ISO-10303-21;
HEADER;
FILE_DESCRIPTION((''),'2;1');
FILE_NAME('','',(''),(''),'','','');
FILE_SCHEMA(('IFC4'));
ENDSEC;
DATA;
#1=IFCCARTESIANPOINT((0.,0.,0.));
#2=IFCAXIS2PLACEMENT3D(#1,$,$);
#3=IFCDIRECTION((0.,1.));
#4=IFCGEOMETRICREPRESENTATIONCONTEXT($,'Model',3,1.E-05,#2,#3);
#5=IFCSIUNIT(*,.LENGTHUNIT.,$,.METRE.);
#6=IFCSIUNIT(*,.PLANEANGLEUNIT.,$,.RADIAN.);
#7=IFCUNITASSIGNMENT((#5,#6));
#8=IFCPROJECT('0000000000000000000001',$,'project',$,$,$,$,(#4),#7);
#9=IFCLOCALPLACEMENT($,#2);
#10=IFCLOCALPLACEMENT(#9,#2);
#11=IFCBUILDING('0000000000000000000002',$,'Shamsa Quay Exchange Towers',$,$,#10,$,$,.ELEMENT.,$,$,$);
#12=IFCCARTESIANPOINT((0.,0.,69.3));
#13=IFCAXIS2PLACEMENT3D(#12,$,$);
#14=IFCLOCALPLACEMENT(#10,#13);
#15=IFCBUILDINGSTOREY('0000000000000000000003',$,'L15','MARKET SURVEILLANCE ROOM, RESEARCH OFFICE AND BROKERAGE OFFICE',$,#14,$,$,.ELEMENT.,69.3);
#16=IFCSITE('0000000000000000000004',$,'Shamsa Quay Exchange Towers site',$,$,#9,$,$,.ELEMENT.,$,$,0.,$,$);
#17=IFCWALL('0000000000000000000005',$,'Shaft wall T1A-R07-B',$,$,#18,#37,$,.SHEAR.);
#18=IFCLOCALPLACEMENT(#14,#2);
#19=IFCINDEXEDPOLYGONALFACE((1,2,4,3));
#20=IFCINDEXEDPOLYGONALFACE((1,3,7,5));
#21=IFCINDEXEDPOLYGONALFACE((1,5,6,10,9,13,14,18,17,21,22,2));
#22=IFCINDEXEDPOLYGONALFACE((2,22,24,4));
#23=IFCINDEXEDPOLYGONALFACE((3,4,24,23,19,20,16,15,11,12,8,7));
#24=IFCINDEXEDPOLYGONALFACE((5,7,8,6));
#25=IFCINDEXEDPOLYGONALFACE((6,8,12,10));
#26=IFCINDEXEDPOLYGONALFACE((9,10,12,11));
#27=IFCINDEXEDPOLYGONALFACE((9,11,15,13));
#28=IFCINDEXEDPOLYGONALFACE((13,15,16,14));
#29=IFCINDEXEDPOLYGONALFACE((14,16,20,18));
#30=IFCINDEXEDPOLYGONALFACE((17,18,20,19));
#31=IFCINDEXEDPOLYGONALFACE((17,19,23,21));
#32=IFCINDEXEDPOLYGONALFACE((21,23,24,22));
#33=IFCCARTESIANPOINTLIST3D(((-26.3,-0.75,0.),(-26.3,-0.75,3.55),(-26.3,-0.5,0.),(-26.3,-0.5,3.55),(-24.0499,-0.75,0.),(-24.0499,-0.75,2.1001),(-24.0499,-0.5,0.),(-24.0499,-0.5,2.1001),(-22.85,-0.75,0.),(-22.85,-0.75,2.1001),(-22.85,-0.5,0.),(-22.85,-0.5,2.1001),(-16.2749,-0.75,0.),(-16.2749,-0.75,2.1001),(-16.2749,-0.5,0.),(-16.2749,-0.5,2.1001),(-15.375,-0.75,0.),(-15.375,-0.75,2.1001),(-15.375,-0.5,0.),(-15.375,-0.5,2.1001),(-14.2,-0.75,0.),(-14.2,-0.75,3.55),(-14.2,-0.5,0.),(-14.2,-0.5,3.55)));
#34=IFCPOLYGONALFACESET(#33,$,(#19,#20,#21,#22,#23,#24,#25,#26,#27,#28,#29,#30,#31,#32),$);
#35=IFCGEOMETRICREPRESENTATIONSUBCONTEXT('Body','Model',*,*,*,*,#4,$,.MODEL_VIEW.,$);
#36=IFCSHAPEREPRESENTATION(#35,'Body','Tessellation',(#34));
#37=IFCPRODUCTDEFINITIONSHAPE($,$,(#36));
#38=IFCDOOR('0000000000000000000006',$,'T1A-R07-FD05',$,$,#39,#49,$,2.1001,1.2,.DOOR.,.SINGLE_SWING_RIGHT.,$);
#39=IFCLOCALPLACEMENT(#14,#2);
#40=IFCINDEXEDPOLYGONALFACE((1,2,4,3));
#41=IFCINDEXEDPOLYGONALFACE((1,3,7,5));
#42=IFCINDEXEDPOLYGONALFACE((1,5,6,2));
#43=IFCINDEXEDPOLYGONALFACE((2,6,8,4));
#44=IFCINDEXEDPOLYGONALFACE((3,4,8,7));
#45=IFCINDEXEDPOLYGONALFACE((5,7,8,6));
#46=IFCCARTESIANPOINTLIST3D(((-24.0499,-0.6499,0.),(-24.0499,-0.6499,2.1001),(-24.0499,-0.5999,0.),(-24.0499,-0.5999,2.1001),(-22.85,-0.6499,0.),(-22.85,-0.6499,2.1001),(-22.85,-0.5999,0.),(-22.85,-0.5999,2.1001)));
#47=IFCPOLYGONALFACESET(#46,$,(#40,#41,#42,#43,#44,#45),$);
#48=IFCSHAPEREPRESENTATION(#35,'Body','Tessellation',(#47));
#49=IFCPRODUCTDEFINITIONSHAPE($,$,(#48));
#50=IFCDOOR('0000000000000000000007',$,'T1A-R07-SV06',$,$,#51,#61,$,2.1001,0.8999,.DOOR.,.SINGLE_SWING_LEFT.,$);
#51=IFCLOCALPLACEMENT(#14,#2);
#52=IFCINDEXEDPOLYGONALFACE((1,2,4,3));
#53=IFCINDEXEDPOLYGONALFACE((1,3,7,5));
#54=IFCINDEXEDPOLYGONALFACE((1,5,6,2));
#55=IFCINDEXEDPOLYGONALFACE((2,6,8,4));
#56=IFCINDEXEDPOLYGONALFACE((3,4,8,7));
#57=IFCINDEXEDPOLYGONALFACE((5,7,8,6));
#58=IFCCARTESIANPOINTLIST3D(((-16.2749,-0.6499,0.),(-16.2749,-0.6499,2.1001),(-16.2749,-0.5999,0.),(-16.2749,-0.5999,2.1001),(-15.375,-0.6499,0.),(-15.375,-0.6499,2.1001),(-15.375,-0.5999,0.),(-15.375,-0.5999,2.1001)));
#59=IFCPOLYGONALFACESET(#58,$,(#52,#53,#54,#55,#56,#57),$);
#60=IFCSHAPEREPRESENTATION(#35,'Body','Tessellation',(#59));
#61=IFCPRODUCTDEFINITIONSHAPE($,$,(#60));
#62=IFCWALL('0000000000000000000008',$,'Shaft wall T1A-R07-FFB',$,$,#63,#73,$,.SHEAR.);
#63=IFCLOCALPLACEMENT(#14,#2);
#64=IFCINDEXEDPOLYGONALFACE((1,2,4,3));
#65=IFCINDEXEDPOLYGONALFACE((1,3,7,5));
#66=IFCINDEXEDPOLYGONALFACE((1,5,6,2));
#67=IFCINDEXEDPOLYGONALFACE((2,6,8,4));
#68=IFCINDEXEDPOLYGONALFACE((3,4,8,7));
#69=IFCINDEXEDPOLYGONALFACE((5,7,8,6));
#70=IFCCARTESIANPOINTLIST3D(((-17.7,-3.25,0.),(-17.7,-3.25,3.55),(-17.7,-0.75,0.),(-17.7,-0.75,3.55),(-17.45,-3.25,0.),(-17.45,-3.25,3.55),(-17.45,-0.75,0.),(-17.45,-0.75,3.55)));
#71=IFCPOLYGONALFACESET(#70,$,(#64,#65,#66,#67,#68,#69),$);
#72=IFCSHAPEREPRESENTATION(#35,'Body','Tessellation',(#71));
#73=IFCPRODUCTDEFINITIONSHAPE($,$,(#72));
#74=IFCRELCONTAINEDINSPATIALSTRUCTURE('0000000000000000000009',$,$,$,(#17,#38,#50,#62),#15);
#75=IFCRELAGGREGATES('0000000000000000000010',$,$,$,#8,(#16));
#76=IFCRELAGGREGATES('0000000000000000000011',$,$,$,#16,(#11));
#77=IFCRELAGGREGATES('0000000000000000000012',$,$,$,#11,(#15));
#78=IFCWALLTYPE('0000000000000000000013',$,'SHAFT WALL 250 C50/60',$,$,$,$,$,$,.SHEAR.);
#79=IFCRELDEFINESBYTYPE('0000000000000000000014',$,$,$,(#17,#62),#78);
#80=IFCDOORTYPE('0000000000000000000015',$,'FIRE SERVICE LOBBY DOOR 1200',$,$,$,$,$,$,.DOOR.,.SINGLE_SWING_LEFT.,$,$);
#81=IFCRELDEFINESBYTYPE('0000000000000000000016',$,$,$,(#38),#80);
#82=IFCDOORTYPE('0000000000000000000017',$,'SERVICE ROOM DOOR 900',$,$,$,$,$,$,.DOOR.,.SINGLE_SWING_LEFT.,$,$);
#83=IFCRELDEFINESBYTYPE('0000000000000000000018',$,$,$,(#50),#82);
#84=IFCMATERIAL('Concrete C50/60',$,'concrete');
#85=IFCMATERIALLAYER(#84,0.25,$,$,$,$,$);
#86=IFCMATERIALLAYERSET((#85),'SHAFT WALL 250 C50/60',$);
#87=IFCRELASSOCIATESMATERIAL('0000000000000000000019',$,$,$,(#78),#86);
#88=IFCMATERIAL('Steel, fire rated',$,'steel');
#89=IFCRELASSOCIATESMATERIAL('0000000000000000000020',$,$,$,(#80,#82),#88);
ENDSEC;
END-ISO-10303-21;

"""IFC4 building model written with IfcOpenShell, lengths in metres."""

from ifc_helpers import new_model, si_unit, direction, frame, frame_2d, origin, place, context, subcontext, project, spatial, rectangle, extrude, material, layer, layer_set, type_object, element, fill, save


model = new_model("IFC4")

# Units and contexts
model_context = context("Model", 3, precision=1e-05, world=origin(), true_north=direction((0.0, 1.0)))
body_context = subcontext(model_context, "Body", "Model", "MODEL_VIEW")
ifc_project = project(units=[si_unit("LENGTHUNIT", "METRE"), si_unit("PLANEANGLEUNIT", "RADIAN")], contexts=[model_context])

# Site, building, storey
site_placement = place(None, origin())
site = spatial("IfcSite", under=ifc_project, at=site_placement, Name="Shamsa Quay Exchange Towers site", CompositionType="ELEMENT", RefElevation=0.0)
building_placement = place(site_placement, origin())
building = spatial("IfcBuilding", under=site, at=building_placement, Name="Shamsa Quay Exchange Towers", CompositionType="ELEMENT")
storey_placement = place(building_placement, frame((0.0, 0.0, 69.3)))
storey = spatial("IfcBuildingStorey", under=building, at=storey_placement, Name="L15", Description="MARKET SURVEILLANCE ROOM, RESEARCH OFFICE AND BROKERAGE OFFICE", CompositionType="ELEMENT", Elevation=69.3)

# Shared definitions
ifc_material_1 = material(Name="Concrete C50/60", Category="concrete")
ifc_layer_1 = layer(ifc_material_1, 0.25)
ifc_layer_set_1 = layer_set([ifc_layer_1], Name="SHAFT WALL 250 C50/60")
wall_type = type_object("IfcWallType", Name="SHAFT WALL 250 C50/60", PredefinedType="SHEAR", material=ifc_layer_set_1)
ifc_material_2 = material(Name="Steel, fire rated", Category="steel")

# Wall, openings, doors
wall_1_placement = place(storey_placement, frame((-14.2, -0.625, 0.0), z_axis=(0.0, 0.0, 1.0), x_axis=(-1.0, 0.0, 0.0)))
wall_1 = element("IfcWall", 1, at=wall_1_placement, inside=storey, type_object=wall_type, Name="Shaft wall T1A-R07-B", PredefinedType="SHEAR", context=body_context, shape_type="SweptSolid", body=[
    extrude(rectangle(XDim=12.1001, YDim=0.25, at=frame_2d((6.05, 0.0))), origin(), (0.0, 0.0, 1.0), 3.55),
])
opening_1_placement = place(wall_1_placement, frame((8.6499, 0.0, 0.0)))
opening_1 = element("IfcOpeningElement", 2, at=opening_1_placement, cuts=wall_1, PredefinedType="OPENING", context=body_context, shape_type="SweptSolid", body=[
    extrude(rectangle(XDim=1.2, YDim=2.1001, at=frame_2d((0.6001, 1.05))), frame((0.0, 0.135, 0.0), z_axis=(0.0, -1.0, 0.0), x_axis=(1.0, 0.0, 0.0)), (0.0, 0.0, 1.0), 0.27),
])
opening_2_placement = place(wall_1_placement, frame((1.175, 0.0, 0.0)))
opening_2 = element("IfcOpeningElement", 3, at=opening_2_placement, cuts=wall_1, PredefinedType="OPENING", context=body_context, shape_type="SweptSolid", body=[
    extrude(rectangle(XDim=0.8999, YDim=2.1001, at=frame_2d((0.45, 1.05))), frame((0.0, 0.135, 0.0), z_axis=(0.0, -1.0, 0.0), x_axis=(1.0, 0.0, 0.0)), (0.0, 0.0, 1.0), 0.27),
])
door_type_1 = type_object("IfcDoorType", Name="FIRE SERVICE LOBBY DOOR 1200", OperationType="SINGLE_SWING_LEFT", PredefinedType="DOOR", material=ifc_material_2)
door_1_placement = place(opening_1_placement, origin())
door_1 = element("IfcDoor", 4, at=door_1_placement, inside=storey, type_object=door_type_1, Name="T1A-R07-FD05", OperationType="SINGLE_SWING_RIGHT", OverallHeight=2.1001, OverallWidth=1.2, PredefinedType="DOOR", context=body_context, shape_type="SweptSolid", body=[
    extrude(rectangle(XDim=1.2, YDim=2.1001, at=frame_2d((0.6001, 1.05))), frame((0.0, 0.0249, 0.0), z_axis=(0.0, -1.0, 0.0), x_axis=(1.0, 0.0, 0.0)), (0.0, 0.0, 1.0), 0.05),
])
fill(opening_1, door_1)
door_type_2 = type_object("IfcDoorType", Name="SERVICE ROOM DOOR 900", OperationType="SINGLE_SWING_LEFT", PredefinedType="DOOR", material=ifc_material_2)
door_2_placement = place(opening_2_placement, origin())
door_2 = element("IfcDoor", 5, at=door_2_placement, inside=storey, type_object=door_type_2, Name="T1A-R07-SV06", OperationType="SINGLE_SWING_LEFT", OverallHeight=2.1001, OverallWidth=0.8999, PredefinedType="DOOR", context=body_context, shape_type="SweptSolid", body=[
    extrude(rectangle(XDim=0.8999, YDim=2.1001, at=frame_2d((0.45, 1.05))), frame((0.0, 0.0249, 0.0), z_axis=(0.0, -1.0, 0.0), x_axis=(1.0, 0.0, 0.0)), (0.0, 0.0, 1.0), 0.05),
])
fill(opening_2, door_2)

# Wall
wall_2_placement = place(storey_placement, frame((-17.575, -3.25, 0.0), z_axis=(0.0, 0.0, 1.0), x_axis=(0.0, 1.0, 0.0)))
element("IfcWall", 6, at=wall_2_placement, inside=storey, type_object=wall_type, Name="Shaft wall T1A-R07-FFB", PredefinedType="SHEAR", context=body_context, shape_type="SweptSolid", body=[
    extrude(rectangle(XDim=2.5, YDim=0.25, at=frame_2d((1.25, 0.0))), origin(), (0.0, 0.0, 1.0), 3.55),
])

save(model, "model.ifc")
